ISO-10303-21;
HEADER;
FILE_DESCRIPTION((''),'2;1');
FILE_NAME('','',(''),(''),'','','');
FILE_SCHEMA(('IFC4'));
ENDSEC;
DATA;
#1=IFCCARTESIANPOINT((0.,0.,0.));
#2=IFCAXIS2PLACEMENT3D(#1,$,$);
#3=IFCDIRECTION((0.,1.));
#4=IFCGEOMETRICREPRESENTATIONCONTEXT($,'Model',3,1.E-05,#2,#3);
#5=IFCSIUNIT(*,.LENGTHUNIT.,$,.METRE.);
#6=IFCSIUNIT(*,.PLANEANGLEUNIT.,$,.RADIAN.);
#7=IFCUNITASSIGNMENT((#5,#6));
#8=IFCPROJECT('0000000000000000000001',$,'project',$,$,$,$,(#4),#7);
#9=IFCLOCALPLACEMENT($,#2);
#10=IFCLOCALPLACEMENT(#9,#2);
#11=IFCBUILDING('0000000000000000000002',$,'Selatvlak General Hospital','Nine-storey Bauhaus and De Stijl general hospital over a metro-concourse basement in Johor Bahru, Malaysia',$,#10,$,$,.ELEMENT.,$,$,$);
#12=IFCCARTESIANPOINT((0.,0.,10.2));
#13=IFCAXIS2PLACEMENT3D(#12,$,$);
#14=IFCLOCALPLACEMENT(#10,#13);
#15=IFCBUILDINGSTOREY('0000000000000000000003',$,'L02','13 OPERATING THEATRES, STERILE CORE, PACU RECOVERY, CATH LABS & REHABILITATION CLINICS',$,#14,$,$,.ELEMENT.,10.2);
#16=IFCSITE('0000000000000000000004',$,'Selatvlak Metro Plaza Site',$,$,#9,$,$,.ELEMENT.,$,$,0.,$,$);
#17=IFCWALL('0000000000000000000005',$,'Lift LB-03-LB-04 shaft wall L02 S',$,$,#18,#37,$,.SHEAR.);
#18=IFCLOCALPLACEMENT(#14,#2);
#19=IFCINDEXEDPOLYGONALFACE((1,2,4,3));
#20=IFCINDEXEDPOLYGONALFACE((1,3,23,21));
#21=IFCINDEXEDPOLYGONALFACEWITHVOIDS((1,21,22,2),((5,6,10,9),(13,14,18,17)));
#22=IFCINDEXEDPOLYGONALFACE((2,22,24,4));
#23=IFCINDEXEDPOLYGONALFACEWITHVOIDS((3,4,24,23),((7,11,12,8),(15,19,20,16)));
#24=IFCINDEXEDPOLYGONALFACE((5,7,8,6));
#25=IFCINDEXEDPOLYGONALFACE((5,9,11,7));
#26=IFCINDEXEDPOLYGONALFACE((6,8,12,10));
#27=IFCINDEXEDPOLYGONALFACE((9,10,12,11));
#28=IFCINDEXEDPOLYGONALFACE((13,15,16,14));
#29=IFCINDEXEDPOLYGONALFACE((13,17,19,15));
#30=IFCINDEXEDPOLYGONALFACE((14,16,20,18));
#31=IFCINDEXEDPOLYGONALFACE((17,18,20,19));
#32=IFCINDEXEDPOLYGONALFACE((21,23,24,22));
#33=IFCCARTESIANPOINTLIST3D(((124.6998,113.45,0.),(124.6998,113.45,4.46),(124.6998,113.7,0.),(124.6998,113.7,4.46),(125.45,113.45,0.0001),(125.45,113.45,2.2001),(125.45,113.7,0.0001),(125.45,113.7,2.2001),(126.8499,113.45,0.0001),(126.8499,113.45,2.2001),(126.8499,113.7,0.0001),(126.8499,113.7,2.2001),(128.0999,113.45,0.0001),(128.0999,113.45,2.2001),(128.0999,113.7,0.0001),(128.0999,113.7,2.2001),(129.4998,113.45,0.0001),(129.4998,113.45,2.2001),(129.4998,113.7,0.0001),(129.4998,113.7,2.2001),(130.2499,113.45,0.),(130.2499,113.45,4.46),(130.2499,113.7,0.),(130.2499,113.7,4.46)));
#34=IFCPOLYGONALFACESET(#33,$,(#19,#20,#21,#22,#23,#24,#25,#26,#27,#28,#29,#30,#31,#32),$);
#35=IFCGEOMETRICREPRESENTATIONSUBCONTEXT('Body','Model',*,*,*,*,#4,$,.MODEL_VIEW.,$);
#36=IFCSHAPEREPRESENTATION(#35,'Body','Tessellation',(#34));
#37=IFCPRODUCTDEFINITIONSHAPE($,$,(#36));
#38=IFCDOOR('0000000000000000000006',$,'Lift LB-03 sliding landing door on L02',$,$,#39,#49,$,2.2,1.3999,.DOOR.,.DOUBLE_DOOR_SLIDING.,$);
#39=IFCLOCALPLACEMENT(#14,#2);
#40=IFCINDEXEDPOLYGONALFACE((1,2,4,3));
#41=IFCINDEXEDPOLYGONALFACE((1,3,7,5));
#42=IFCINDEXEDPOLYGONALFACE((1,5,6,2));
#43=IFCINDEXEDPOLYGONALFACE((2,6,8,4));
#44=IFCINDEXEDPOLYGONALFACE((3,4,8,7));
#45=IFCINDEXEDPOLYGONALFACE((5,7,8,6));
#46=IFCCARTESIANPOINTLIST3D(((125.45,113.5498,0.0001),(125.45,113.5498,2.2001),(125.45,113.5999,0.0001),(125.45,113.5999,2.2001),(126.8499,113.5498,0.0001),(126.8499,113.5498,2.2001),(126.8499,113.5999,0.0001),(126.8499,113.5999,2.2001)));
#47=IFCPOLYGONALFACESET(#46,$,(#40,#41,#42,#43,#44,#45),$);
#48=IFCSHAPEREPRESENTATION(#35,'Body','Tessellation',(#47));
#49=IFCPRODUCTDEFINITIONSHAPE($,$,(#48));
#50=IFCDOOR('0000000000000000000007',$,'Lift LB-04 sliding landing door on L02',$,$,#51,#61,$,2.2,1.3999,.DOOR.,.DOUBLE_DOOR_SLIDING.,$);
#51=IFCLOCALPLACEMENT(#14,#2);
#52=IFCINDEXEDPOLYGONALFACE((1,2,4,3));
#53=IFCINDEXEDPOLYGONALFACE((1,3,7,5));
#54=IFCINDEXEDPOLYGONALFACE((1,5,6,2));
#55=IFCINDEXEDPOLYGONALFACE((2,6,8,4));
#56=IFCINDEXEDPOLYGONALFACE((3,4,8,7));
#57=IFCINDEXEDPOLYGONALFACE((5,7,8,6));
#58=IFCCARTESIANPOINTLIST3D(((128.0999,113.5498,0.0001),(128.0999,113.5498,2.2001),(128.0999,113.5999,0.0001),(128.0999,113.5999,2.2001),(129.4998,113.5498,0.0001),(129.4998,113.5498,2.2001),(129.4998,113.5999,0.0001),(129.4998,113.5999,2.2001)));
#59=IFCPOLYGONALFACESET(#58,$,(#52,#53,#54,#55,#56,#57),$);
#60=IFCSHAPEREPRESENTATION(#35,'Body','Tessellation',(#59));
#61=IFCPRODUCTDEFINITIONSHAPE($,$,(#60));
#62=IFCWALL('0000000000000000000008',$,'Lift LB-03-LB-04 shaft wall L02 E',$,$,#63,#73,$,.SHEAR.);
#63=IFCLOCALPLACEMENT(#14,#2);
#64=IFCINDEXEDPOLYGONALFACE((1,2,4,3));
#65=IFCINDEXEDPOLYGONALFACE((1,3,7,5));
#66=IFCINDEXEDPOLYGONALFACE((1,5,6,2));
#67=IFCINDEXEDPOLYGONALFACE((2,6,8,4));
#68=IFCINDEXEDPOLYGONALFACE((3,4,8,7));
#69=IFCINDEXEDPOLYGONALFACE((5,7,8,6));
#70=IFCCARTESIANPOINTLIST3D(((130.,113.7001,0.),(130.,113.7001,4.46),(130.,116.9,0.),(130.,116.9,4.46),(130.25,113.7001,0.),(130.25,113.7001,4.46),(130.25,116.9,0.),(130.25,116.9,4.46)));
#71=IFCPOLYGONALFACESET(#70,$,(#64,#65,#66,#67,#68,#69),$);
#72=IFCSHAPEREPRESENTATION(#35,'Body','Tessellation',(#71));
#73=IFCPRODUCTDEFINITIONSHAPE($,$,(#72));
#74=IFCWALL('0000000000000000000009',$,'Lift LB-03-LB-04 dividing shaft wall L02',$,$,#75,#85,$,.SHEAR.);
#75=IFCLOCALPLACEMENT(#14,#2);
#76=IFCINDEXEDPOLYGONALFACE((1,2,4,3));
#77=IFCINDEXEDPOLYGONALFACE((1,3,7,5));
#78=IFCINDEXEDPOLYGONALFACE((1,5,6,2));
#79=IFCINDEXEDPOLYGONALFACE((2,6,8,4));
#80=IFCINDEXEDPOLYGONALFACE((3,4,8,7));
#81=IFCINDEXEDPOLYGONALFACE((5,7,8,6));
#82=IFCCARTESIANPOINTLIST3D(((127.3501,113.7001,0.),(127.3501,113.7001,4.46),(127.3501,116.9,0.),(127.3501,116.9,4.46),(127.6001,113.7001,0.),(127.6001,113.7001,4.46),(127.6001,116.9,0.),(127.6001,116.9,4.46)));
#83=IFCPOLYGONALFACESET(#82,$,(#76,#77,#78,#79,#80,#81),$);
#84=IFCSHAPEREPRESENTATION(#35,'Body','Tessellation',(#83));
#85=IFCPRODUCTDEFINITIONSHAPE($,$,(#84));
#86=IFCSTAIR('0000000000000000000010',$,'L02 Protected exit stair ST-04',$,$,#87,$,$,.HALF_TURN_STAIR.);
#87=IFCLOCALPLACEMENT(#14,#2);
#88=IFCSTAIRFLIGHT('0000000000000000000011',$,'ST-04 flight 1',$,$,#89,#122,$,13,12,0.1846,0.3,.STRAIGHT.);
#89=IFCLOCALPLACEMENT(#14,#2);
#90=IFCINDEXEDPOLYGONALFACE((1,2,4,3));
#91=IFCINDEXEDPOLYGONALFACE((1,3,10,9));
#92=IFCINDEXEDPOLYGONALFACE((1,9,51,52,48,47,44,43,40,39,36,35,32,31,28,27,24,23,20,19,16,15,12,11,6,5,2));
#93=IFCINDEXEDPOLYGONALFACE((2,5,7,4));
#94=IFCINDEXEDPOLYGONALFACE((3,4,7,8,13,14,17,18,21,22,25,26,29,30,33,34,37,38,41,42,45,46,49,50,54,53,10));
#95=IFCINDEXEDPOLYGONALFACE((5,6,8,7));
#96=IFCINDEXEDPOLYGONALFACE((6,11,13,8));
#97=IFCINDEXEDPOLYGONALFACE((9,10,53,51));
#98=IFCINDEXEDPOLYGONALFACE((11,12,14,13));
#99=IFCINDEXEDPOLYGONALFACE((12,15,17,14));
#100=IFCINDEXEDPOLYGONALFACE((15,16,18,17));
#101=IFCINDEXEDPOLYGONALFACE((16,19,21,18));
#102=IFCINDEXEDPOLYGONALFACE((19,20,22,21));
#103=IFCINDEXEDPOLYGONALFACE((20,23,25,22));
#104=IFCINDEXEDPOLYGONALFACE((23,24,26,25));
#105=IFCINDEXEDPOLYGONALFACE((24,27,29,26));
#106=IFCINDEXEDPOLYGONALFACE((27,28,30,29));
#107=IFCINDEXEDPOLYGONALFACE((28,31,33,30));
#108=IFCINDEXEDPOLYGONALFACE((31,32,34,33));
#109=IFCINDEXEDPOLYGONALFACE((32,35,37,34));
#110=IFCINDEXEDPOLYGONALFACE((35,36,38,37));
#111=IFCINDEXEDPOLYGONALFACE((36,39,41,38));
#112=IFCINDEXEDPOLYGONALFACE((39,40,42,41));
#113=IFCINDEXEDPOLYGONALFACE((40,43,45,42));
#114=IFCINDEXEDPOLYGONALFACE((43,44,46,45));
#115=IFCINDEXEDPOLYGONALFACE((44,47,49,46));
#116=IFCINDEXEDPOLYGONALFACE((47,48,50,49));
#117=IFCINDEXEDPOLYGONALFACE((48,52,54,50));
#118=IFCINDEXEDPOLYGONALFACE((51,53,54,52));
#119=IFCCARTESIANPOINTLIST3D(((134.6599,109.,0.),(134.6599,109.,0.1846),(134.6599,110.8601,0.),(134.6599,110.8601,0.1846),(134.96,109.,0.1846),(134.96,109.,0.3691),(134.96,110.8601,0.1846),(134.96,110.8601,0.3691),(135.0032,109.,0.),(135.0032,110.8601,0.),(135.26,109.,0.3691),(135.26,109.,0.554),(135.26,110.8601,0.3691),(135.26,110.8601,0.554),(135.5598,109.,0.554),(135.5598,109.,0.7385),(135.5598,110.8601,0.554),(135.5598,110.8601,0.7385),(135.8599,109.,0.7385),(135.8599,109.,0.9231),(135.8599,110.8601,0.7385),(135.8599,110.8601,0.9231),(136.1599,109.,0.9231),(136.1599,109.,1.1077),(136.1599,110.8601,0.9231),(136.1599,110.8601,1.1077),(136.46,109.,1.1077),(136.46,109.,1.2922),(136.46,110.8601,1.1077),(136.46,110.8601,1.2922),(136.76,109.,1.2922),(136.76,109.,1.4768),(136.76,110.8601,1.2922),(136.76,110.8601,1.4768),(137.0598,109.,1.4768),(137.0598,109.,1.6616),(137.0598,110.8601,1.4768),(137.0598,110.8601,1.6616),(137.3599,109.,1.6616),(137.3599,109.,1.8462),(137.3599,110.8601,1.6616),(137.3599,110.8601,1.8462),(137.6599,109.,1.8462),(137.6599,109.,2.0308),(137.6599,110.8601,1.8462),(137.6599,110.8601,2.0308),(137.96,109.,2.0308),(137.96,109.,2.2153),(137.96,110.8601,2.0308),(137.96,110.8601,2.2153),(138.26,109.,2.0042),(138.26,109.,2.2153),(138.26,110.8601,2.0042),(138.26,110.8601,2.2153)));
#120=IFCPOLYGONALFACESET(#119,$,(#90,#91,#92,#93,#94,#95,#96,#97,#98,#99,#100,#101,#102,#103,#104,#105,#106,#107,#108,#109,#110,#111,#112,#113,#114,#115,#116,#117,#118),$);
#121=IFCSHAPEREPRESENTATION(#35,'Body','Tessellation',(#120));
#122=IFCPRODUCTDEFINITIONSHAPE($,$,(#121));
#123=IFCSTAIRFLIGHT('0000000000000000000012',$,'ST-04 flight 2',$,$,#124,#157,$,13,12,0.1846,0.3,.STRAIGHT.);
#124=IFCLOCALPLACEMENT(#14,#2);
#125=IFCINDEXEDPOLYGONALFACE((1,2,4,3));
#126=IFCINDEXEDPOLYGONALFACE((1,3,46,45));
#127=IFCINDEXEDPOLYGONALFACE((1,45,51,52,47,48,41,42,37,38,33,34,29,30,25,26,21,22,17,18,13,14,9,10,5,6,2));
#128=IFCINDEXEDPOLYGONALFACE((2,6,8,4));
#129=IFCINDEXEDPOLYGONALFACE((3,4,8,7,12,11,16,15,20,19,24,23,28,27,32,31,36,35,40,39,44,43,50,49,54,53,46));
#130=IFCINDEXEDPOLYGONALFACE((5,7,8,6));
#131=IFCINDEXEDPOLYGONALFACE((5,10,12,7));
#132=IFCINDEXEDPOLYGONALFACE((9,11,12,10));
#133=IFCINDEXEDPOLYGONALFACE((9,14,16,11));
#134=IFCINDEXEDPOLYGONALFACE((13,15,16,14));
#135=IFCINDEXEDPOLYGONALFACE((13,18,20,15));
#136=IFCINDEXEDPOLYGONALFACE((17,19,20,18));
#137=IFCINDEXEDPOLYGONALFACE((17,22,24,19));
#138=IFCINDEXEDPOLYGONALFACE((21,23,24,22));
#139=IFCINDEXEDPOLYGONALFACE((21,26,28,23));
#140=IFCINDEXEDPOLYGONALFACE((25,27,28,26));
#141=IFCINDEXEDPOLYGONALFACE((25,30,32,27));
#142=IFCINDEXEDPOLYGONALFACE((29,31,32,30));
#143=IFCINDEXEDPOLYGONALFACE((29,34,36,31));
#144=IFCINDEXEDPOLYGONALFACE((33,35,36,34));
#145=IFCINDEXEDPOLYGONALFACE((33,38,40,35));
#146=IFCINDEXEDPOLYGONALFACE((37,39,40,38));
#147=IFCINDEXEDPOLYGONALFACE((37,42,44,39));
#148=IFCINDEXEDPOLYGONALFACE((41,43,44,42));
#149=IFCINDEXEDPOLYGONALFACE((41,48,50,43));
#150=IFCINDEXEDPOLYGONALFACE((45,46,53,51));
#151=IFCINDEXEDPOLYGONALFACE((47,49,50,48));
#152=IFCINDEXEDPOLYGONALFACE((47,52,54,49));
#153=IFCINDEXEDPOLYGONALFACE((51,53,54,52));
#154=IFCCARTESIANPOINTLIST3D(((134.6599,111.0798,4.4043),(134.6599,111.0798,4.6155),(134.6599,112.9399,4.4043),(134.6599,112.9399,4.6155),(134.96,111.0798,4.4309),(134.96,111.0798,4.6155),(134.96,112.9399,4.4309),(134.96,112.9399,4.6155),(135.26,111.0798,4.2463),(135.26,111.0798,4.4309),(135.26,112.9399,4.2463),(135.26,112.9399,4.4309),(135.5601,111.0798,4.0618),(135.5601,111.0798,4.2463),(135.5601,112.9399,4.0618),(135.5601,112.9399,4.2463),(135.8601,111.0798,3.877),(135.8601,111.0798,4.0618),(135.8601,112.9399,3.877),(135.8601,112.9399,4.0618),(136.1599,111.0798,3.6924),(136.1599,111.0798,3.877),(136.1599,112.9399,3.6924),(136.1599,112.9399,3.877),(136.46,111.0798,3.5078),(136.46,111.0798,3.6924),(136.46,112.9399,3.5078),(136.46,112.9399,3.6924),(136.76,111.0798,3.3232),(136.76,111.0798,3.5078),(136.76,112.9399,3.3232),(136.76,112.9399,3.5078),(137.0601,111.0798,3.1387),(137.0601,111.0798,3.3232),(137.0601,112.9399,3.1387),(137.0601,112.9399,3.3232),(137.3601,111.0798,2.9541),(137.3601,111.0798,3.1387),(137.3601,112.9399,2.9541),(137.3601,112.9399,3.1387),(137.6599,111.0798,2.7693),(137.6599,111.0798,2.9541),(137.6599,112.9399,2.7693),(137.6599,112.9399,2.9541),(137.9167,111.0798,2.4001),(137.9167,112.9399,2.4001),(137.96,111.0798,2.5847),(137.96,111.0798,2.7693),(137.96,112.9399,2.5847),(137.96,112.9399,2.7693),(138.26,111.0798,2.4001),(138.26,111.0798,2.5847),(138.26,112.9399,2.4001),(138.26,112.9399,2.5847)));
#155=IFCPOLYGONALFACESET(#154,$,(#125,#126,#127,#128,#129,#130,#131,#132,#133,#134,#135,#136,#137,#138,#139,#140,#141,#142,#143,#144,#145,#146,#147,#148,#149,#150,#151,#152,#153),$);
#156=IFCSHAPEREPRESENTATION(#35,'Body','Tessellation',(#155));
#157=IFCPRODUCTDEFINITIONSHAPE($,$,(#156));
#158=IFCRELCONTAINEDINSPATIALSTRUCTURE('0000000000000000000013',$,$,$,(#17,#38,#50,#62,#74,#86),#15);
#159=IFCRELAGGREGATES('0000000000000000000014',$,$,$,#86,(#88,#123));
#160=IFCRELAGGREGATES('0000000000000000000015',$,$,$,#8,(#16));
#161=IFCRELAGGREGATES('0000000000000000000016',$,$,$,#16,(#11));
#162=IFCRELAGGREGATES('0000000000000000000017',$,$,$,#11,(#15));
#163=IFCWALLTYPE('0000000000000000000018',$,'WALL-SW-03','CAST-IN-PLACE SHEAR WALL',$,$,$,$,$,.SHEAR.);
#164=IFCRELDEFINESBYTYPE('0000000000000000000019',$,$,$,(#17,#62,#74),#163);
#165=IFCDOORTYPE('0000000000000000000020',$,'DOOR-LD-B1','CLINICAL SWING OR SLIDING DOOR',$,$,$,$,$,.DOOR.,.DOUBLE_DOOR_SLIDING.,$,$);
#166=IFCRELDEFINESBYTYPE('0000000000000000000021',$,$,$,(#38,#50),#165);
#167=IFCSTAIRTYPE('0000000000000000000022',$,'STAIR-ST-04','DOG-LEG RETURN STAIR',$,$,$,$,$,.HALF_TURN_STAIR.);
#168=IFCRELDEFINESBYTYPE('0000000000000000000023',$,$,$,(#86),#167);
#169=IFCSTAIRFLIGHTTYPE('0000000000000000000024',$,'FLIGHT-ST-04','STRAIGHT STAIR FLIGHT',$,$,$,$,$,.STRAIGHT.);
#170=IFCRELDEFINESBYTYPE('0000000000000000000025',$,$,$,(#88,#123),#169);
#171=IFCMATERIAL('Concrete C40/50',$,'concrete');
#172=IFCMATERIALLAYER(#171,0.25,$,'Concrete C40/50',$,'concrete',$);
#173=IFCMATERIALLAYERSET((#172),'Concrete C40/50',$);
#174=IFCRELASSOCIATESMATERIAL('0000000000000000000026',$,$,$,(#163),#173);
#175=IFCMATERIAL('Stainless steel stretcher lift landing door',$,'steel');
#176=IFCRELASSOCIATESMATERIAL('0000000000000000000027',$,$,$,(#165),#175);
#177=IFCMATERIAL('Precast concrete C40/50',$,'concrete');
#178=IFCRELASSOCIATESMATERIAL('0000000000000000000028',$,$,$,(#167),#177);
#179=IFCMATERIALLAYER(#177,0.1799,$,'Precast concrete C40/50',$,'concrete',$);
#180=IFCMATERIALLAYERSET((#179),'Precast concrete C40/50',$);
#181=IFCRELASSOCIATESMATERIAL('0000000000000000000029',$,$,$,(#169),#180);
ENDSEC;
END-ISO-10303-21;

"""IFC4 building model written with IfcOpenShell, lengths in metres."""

from ifc_helpers import new_model, si_unit, direction, frame, frame_2d, origin, place, context, subcontext, project, spatial, polyline, rectangle, outline, extrude, material, layer, layer_set, type_object, element, fill, aggregate, save


model = new_model("IFC4")

# Units and contexts
model_context = context("Model", 3, precision=1e-05, world=origin(), true_north=direction((0.0, 1.0)))
body_context = subcontext(model_context, "Body", "Model", "MODEL_VIEW")
ifc_project = project(units=[si_unit("LENGTHUNIT", "METRE"), si_unit("PLANEANGLEUNIT", "RADIAN")], contexts=[model_context])

# Site, building, storey
site_placement = place(None, origin())
site = spatial("IfcSite", under=ifc_project, at=site_placement, Name="Selatvlak Metro Plaza Site", CompositionType="ELEMENT", RefElevation=0.0)
building_placement = place(site_placement, origin())
building = spatial("IfcBuilding", under=site, at=building_placement, Name="Selatvlak General Hospital", Description="Nine-storey Bauhaus and De Stijl general hospital over a metro-concourse basement in Johor Bahru, Malaysia", CompositionType="ELEMENT")
storey_placement = place(building_placement, frame((0.0, 0.0, 10.2)))
storey = spatial("IfcBuildingStorey", under=building, at=storey_placement, Name="L02", Description="13 OPERATING THEATRES, STERILE CORE, PACU RECOVERY, CATH LABS & REHABILITATION CLINICS", CompositionType="ELEMENT", Elevation=10.2)

# Shared definitions
ifc_material_1 = material(Name="Concrete C40/50", Category="concrete")

# Wall, openings, doors
ifc_layer_1 = layer(ifc_material_1, 0.25, Name="Concrete C40/50", Category="concrete")
ifc_layer_set_1 = layer_set([ifc_layer_1], Name="Concrete C40/50")
wall_type_1 = type_object("IfcWallType", Name="WALL-SW-03", Description="CAST-IN-PLACE SHEAR WALL", PredefinedType="SHEAR", material=ifc_layer_set_1)
wall_1_placement = place(storey_placement, frame((124.7, 113.575, 0.0), z_axis=(0.0, 0.0, 1.0), x_axis=(1.0, 0.0, 0.0)))
wall_1 = element("IfcWall", 1, at=wall_1_placement, inside=storey, type_object=wall_type_1, Name="Lift LB-03-LB-04 shaft wall L02 S", PredefinedType="SHEAR", context=body_context, shape_type="SweptSolid", body=[
    extrude(rectangle(XDim=5.55, YDim=0.25, at=frame_2d((2.7749, 0.0))), origin(), (0.0, 0.0, 1.0), 4.46),
])
opening_1_placement = place(wall_1_placement, frame((0.75, 0.0, 0.0)))
opening_1 = element("IfcOpeningElement", 2, at=opening_1_placement, cuts=wall_1, PredefinedType="OPENING", context=body_context, shape_type="SweptSolid", body=[
    extrude(rectangle(XDim=1.3999, YDim=2.2, at=frame_2d((0.7, 1.1001))), frame((0.0, 0.135, 0.0), z_axis=(0.0, -1.0, 0.0), x_axis=(1.0, 0.0, 0.0)), (0.0, 0.0, 1.0), 0.27),
])
opening_2_placement = place(wall_1_placement, frame((3.3999, 0.0, 0.0)))
opening_2 = element("IfcOpeningElement", 3, at=opening_2_placement, cuts=wall_1, PredefinedType="OPENING", context=body_context, shape_type="SweptSolid", body=[
    extrude(rectangle(XDim=1.3999, YDim=2.2, at=frame_2d((0.7, 1.1001))), frame((0.0, 0.135, 0.0), z_axis=(0.0, -1.0, 0.0), x_axis=(1.0, 0.0, 0.0)), (0.0, 0.0, 1.0), 0.27),
])
ifc_material_2 = material(Name="Stainless steel stretcher lift landing door", Category="steel")
door_type_1 = type_object("IfcDoorType", Name="DOOR-LD-B1", Description="CLINICAL SWING OR SLIDING DOOR", OperationType="DOUBLE_DOOR_SLIDING", PredefinedType="DOOR", material=ifc_material_2)
door_1_placement = place(opening_1_placement, origin())
door_1 = element("IfcDoor", 4, at=door_1_placement, inside=storey, type_object=door_type_1, Name="Lift LB-03 sliding landing door on L02", OperationType="DOUBLE_DOOR_SLIDING", OverallHeight=2.2, OverallWidth=1.3999, PredefinedType="DOOR", context=body_context, shape_type="SweptSolid", body=[
    extrude(rectangle(XDim=1.3999, YDim=2.2, at=frame_2d((0.7, 1.1001))), frame((0.0, 0.0249, 0.0), z_axis=(0.0, -1.0, 0.0), x_axis=(1.0, 0.0, 0.0)), (0.0, 0.0, 1.0), 0.05),
])
fill(opening_1, door_1)
door_2_placement = place(opening_2_placement, origin())
door_2 = element("IfcDoor", 5, at=door_2_placement, inside=storey, type_object=door_type_1, Name="Lift LB-04 sliding landing door on L02", OperationType="DOUBLE_DOOR_SLIDING", OverallHeight=2.2, OverallWidth=1.3999, PredefinedType="DOOR", context=body_context, shape_type="SweptSolid", body=[
    extrude(rectangle(XDim=1.3999, YDim=2.2, at=frame_2d((0.7, 1.1001))), frame((0.0, 0.0249, 0.0), z_axis=(0.0, -1.0, 0.0), x_axis=(1.0, 0.0, 0.0)), (0.0, 0.0, 1.0), 0.05),
])
fill(opening_2, door_2)

# Walls
for number, where, z_axis, x_axis, name in (
    (6, (130.125, 113.7, 0.0), (0.0, 0.0, 1.0), (0.0, 1.0, 0.0), "Lift LB-03-LB-04 shaft wall L02 E"),
    (7, (127.4751, 113.7, 0.0), (0.0, 0.0, 1.0), (0.0, 1.0, 0.0), "Lift LB-03-LB-04 dividing shaft wall L02"),
):
    element("IfcWall", number, at=place(storey_placement, frame(where, z_axis=z_axis, x_axis=x_axis)), inside=storey, type_object=wall_type_1, Name=name, PredefinedType="SHEAR", context=body_context, shape_type="SweptSolid", body=[
        extrude(rectangle(XDim=3.2, YDim=0.25, at=frame_2d((1.6001, 0.0))), origin(), (0.0, 0.0, 1.0), 4.46),
    ])

# Stair, stair flights
ifc_material_3 = material(Name="Precast concrete C40/50", Category="concrete")
stair_type = type_object("IfcStairType", Name="STAIR-ST-04", Description="DOG-LEG RETURN STAIR", PredefinedType="HALF_TURN_STAIR", material=ifc_material_3)
stair_placement = place(storey_placement, origin())
stair = element("IfcStair", 8, at=stair_placement, inside=storey, type_object=stair_type, Name="L02 Protected exit stair ST-04", PredefinedType="HALF_TURN_STAIR")
ifc_layer_2 = layer(ifc_material_3, 0.1799, Name="Precast concrete C40/50", Category="concrete")
ifc_layer_set_2 = layer_set([ifc_layer_2], Name="Precast concrete C40/50")
stair_flight_type = type_object("IfcStairFlightType", Name="FLIGHT-ST-04", Description="STRAIGHT STAIR FLIGHT", PredefinedType="STRAIGHT", material=ifc_layer_set_2)
stair_flight_1_placement = place(storey_placement, frame((134.6599, 109.9299, 0.0), z_axis=(0.0, 0.0, 1.0), x_axis=(1.0, 0.0, 0.0)))
stair_flight_1 = element("IfcStairFlight", 9, at=stair_flight_1_placement, type_object=stair_flight_type, Name="ST-04 flight 1", NumberOfRisers=13, NumberOfTreads=12, PredefinedType="STRAIGHT", RiserHeight=0.1846, TreadLength=0.3, context=body_context, shape_type="SweptSolid", body=[
    extrude(outline(polyline([(0.0, 0.0), (0.0, 0.1846), (0.3, 0.1846), (0.3, 0.3691), (0.6001, 0.3691), (0.6001, 0.554), (0.8999, 0.554), (0.8999, 0.7385), (1.2, 0.7385), (1.2, 0.9231), (1.5, 0.9231), (1.5, 1.1077), (1.8, 1.1077), (1.8, 1.2922), (2.1001, 1.2922), (2.1001, 1.4768), (2.3999, 1.4768), (2.3999, 1.6616), (2.7, 1.6616), (2.7, 1.8462), (3.0, 1.8462), (3.0, 2.0308), (3.3, 2.0308), (3.3, 2.2153), (3.6001, 2.2153), (3.6001, 2.3999), (3.6001, 2.0042), (0.3433, 0.0), (0.0, 0.0)])), frame((0.0, 0.9302, 0.0), z_axis=(0.0, -1.0, 0.0), x_axis=(1.0, 0.0, 0.0)), (0.0, 0.0, 1.0), 1.8601),
])
stair_flight_2_placement = place(storey_placement, frame((138.26, 112.01, 2.4001), z_axis=(0.0, 0.0, 1.0), x_axis=(-1.0, 0.0, 0.0)))
stair_flight_2 = element("IfcStairFlight", 10, at=stair_flight_2_placement, type_object=stair_flight_type, Name="ST-04 flight 2", NumberOfRisers=13, NumberOfTreads=12, PredefinedType="STRAIGHT", RiserHeight=0.1846, TreadLength=0.3, context=body_context, shape_type="SweptSolid", body=[
    extrude(outline(polyline([(0.0, 0.0), (0.0, 0.1846), (0.3, 0.1846), (0.3, 0.3691), (0.6001, 0.3691), (0.6001, 0.554), (0.8999, 0.554), (0.8999, 0.7385), (1.2, 0.7385), (1.2, 0.9231), (1.5, 0.9231), (1.5, 1.1077), (1.8, 1.1077), (1.8, 1.2922), (2.1001, 1.2922), (2.1001, 1.4768), (2.3999, 1.4768), (2.3999, 1.6616), (2.7, 1.6616), (2.7, 1.8462), (3.0, 1.8462), (3.0, 2.0308), (3.3, 2.0308), (3.3, 2.2153), (3.6001, 2.2153), (3.6001, 2.3999), (3.6001, 2.0042), (0.3433, 0.0), (0.0, 0.0)])), frame((0.0, 0.9302, 0.0), z_axis=(0.0, -1.0, 0.0), x_axis=(1.0, 0.0, 0.0)), (0.0, 0.0, 1.0), 1.8601),
])
aggregate(stair, [stair_flight_1, stair_flight_2])

save(model, "model.ifc")
